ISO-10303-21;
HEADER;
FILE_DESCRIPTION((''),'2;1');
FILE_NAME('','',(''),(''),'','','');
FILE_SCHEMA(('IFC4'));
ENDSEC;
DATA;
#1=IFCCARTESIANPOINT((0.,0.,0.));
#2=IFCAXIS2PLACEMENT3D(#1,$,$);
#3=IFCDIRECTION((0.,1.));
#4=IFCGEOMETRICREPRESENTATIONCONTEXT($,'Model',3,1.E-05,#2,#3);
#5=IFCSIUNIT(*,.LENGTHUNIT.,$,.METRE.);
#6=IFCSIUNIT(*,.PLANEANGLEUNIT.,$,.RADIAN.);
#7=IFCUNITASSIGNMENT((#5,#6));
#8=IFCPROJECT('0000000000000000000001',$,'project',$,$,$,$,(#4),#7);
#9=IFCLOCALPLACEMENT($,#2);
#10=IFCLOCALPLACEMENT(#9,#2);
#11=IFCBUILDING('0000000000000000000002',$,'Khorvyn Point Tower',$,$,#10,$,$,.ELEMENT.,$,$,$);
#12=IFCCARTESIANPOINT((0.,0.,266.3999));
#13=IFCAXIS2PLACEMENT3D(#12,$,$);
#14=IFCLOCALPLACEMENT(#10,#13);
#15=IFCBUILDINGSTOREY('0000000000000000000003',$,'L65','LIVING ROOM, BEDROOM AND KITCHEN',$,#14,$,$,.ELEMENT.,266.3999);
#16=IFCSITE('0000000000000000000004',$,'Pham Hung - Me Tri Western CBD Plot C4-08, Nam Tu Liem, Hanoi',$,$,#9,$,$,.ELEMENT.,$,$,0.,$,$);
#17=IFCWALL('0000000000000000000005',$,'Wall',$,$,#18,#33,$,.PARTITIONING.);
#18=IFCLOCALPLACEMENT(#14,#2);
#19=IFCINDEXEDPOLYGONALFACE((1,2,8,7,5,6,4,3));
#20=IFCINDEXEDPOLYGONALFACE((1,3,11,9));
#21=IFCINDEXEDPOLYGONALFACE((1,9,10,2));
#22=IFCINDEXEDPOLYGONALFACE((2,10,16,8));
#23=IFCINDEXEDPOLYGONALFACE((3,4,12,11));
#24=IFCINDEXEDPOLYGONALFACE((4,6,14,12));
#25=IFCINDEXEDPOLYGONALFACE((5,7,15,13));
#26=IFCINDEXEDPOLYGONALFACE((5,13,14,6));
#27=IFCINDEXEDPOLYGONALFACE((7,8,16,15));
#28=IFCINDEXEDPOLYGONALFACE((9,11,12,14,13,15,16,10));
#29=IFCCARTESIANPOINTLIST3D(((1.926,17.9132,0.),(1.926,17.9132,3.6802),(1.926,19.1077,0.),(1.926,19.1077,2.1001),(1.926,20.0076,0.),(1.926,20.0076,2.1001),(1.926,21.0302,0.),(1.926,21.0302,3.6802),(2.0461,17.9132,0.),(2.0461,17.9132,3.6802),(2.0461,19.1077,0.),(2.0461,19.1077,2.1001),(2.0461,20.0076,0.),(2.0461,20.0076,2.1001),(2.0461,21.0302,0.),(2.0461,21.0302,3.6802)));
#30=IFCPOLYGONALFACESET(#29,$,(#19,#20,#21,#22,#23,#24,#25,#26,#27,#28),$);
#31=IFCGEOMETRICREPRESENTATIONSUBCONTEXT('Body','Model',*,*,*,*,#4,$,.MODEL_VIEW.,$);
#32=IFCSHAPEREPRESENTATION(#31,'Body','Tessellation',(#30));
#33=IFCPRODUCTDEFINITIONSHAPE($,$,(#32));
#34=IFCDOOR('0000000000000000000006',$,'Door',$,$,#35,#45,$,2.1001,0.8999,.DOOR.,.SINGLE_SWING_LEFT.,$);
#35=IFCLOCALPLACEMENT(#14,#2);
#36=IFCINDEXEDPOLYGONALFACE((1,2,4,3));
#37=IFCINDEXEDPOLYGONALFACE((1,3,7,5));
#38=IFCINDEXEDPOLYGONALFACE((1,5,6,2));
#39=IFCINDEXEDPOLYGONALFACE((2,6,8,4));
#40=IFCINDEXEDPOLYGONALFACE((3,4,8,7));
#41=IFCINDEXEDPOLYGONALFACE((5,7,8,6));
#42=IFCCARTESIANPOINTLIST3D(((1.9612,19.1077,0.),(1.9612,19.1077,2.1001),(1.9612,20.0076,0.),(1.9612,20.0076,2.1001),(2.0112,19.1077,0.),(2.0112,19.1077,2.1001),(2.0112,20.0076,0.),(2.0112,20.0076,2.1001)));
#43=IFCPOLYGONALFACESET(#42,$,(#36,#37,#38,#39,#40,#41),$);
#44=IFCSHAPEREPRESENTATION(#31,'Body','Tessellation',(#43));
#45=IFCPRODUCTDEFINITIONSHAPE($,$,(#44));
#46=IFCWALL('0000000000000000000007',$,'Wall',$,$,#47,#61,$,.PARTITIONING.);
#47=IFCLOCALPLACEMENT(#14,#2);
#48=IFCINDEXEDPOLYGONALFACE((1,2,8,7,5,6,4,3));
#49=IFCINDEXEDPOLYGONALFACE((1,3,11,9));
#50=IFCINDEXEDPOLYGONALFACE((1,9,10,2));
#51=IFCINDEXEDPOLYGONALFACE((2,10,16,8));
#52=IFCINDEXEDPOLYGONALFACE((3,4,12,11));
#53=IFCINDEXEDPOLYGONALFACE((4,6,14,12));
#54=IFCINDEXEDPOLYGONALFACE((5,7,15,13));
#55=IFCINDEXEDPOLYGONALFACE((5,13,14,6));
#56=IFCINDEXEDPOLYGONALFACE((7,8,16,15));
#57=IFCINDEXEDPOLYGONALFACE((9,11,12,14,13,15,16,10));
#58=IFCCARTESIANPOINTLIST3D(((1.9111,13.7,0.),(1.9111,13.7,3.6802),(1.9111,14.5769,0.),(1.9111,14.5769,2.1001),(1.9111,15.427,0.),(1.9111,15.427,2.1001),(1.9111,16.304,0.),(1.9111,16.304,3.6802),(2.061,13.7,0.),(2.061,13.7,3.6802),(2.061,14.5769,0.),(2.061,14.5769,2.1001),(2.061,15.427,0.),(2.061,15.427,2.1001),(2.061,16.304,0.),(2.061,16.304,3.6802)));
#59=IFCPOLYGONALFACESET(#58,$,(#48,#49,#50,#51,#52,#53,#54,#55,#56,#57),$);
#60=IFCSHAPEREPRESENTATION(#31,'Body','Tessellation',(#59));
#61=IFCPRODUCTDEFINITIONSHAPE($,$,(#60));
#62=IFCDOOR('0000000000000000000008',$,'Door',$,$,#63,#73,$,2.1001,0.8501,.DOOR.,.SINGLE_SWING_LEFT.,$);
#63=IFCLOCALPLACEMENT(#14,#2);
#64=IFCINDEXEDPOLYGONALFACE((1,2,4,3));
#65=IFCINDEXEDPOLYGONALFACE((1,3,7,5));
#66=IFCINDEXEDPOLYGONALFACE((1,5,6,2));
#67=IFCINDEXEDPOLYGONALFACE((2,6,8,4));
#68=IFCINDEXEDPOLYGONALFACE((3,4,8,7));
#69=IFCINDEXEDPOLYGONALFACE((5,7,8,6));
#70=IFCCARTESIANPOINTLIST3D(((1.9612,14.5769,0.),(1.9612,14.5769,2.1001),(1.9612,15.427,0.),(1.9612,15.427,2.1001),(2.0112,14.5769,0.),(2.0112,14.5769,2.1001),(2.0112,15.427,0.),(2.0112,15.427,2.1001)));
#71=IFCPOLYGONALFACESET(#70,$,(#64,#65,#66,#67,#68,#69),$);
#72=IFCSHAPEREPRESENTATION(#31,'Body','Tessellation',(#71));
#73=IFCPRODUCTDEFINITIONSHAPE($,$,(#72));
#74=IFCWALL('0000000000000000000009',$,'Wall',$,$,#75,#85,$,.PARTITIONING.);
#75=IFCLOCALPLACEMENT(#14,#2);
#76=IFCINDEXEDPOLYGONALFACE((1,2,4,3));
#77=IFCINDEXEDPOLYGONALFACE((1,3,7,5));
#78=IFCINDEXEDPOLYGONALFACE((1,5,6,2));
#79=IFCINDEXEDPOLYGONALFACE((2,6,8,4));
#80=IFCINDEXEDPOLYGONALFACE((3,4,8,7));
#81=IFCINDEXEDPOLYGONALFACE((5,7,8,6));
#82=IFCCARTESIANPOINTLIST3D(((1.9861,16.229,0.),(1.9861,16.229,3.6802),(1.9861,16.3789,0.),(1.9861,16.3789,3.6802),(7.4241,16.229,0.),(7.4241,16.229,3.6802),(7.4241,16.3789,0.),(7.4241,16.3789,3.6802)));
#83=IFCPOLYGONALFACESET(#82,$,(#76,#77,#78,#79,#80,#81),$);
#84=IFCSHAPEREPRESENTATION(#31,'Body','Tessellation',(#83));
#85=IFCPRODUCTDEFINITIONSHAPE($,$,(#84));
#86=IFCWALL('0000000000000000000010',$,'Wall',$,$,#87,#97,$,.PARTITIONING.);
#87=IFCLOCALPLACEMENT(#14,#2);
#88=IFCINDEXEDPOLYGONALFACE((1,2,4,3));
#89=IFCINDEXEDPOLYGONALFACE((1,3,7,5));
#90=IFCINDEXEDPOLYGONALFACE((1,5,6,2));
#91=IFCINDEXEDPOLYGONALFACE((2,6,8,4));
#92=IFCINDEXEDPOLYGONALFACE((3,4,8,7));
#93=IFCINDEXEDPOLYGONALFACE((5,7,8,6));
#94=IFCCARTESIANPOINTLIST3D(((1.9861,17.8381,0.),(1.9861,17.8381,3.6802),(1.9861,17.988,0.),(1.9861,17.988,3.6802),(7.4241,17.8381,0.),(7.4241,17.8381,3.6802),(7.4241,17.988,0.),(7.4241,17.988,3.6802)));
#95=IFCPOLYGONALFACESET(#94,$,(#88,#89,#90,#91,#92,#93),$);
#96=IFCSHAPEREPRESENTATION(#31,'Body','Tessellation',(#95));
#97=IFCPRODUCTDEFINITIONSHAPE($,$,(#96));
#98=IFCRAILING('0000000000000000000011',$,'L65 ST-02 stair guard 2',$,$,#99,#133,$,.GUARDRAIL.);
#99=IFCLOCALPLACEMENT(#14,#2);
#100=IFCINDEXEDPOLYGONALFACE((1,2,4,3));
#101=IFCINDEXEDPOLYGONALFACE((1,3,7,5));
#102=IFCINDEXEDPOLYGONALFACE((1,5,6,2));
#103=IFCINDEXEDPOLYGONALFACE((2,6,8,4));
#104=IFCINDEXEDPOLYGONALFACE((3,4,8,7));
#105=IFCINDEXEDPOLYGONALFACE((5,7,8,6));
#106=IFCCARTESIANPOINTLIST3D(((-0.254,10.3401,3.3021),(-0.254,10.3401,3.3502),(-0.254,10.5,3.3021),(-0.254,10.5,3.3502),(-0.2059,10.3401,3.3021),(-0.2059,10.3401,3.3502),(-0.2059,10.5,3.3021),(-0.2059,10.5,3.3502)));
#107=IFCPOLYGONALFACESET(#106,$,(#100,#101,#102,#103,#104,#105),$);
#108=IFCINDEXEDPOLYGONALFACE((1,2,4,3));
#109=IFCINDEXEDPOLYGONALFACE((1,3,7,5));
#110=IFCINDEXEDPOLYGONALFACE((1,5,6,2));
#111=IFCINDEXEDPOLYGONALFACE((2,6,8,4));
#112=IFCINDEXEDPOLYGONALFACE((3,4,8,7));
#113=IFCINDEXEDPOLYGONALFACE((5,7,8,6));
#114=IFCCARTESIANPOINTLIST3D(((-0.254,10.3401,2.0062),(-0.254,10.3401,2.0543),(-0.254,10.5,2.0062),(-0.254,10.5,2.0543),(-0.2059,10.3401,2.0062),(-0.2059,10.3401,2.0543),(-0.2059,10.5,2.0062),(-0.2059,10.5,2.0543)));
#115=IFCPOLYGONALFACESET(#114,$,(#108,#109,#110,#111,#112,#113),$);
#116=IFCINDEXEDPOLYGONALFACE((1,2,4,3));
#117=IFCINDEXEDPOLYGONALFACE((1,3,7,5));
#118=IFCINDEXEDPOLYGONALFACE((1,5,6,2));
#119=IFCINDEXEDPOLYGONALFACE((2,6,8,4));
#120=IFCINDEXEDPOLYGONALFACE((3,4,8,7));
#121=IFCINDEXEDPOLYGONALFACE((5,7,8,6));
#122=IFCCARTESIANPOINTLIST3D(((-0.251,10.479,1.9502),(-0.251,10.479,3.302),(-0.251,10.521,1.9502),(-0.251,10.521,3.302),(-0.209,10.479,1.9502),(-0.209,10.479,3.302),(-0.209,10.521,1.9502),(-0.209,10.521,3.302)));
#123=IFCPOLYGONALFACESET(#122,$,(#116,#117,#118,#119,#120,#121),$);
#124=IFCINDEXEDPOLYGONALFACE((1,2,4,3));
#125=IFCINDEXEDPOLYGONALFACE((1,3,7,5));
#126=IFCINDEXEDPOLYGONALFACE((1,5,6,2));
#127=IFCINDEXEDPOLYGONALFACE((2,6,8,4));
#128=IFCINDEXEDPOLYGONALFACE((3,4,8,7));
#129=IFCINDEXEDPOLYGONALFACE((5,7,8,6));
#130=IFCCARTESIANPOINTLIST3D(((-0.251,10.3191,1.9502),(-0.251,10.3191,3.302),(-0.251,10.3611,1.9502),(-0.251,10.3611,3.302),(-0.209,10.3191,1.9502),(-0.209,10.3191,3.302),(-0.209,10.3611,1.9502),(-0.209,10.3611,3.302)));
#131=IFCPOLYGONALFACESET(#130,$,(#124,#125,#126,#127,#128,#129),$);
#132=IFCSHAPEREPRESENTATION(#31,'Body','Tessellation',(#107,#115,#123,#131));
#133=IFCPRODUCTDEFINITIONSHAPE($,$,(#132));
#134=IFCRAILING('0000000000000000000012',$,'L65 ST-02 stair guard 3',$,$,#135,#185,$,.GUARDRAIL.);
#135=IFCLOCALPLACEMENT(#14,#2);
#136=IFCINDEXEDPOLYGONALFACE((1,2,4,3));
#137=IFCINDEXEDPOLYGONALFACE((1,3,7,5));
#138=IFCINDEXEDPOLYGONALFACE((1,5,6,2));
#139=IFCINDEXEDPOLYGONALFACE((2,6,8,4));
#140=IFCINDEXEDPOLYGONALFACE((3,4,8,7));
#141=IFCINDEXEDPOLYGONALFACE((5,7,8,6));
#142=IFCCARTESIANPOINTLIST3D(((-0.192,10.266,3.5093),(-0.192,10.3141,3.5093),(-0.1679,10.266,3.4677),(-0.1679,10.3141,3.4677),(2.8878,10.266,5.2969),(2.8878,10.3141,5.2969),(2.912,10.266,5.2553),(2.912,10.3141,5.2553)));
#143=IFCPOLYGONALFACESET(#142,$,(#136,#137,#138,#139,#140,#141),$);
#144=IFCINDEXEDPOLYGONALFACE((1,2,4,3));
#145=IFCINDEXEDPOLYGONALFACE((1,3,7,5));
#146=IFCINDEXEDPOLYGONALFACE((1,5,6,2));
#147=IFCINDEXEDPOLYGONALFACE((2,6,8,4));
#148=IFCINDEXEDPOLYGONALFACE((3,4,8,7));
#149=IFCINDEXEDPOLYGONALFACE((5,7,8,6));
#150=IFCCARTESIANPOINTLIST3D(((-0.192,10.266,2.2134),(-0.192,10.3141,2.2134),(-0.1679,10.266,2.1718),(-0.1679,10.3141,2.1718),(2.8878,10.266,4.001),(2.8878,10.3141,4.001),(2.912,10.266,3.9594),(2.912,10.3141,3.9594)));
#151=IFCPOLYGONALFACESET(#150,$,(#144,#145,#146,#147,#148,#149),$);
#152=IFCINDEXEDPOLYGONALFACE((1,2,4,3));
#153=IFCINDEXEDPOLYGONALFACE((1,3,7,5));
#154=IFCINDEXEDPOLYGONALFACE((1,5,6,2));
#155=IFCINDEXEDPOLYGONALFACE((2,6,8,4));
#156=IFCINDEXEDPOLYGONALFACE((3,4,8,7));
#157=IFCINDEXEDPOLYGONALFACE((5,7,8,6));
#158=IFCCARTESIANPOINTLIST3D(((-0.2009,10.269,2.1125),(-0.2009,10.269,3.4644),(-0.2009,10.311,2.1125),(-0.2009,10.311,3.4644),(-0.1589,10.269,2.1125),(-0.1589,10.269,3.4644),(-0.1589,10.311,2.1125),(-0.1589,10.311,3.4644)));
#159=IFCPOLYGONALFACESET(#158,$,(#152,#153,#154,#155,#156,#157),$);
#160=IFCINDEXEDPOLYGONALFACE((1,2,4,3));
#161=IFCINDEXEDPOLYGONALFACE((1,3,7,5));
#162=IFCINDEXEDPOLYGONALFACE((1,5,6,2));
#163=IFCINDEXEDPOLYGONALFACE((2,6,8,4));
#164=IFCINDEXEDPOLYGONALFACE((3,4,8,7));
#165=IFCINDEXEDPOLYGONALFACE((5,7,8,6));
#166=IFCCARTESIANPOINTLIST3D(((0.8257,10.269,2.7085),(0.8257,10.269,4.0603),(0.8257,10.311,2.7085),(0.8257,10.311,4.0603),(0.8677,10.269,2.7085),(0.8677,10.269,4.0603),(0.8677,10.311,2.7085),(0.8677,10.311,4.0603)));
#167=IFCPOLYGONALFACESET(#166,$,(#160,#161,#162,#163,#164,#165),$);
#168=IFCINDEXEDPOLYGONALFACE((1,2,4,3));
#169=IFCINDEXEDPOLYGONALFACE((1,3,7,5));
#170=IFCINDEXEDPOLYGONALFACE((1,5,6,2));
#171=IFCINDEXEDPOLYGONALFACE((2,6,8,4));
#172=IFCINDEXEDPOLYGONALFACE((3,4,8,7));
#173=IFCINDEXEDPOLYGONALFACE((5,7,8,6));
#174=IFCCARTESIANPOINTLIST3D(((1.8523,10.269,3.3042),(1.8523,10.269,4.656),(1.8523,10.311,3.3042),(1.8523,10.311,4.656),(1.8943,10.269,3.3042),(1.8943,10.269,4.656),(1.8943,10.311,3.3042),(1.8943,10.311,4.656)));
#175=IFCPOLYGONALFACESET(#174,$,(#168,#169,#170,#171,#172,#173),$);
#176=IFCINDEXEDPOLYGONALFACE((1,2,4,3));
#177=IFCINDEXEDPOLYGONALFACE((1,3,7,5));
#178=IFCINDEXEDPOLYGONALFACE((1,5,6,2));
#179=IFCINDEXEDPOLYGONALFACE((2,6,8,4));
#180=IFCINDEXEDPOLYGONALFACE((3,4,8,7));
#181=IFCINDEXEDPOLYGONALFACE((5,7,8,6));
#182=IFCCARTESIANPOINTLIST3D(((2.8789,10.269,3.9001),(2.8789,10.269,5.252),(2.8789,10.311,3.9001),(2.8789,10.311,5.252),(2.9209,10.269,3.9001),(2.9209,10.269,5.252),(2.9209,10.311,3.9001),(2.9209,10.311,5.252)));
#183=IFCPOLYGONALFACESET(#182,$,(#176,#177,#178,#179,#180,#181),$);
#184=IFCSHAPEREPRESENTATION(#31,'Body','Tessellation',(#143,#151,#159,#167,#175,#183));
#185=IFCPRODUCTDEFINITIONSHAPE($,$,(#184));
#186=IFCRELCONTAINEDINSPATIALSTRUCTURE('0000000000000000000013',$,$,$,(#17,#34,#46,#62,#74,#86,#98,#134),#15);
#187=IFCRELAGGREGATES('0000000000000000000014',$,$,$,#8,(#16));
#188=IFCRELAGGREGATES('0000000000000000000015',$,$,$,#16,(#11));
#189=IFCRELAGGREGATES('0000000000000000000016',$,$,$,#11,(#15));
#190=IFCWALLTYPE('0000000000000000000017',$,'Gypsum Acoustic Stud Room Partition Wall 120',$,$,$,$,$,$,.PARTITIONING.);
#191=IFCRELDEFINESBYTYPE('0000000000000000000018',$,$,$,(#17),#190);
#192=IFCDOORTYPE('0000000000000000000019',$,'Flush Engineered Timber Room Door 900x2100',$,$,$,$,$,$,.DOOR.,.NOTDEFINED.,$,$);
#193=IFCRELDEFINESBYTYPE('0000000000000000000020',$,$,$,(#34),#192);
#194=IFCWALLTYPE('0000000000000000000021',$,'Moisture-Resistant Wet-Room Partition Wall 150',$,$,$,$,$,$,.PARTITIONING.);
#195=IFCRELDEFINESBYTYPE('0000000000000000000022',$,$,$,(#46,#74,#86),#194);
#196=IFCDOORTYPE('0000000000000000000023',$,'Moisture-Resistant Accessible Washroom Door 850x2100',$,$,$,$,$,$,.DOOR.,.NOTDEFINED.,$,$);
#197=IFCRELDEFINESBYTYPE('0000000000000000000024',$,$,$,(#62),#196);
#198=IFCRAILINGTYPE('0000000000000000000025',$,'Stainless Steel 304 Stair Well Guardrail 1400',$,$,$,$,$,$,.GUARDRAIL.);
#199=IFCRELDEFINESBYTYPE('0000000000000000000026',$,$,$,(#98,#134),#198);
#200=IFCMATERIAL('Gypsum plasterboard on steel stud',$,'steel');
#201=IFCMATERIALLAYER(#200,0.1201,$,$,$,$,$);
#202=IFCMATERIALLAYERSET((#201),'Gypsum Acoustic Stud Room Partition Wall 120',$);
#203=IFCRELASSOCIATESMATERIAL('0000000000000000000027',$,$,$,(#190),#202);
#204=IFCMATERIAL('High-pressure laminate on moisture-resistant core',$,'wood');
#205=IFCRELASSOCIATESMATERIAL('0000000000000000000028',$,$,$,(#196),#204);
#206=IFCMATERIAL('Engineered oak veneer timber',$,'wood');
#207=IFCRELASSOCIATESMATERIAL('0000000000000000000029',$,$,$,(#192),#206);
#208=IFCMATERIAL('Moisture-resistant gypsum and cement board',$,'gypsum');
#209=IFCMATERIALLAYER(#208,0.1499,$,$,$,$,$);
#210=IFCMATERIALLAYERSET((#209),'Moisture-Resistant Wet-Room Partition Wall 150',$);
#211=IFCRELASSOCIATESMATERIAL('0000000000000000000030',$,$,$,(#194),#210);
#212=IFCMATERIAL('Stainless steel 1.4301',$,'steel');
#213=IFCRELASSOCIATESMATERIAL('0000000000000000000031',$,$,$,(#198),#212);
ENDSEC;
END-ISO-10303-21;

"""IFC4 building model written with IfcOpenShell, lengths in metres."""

from ifc_helpers import new_model, si_unit, direction, frame, frame_2d, origin, origin_2d, place, context, subcontext, project, spatial, rectangle, extrude, material, layer, layer_set, type_object, element, fill, save


model = new_model("IFC4")

# Units and contexts
model_context = context("Model", 3, precision=1e-05, world=origin(), true_north=direction((0.0, 1.0)))
body_context = subcontext(model_context, "Body", "Model", "MODEL_VIEW")
ifc_project = project(units=[si_unit("LENGTHUNIT", "METRE"), si_unit("PLANEANGLEUNIT", "RADIAN")], contexts=[model_context])

# Site, building, storey
site_placement = place(None, origin())
site = spatial("IfcSite", under=ifc_project, at=site_placement, Name="Pham Hung - Me Tri Western CBD Plot C4-08, Nam Tu Liem, Hanoi", CompositionType="ELEMENT", RefElevation=0.0)
building_placement = place(site_placement, origin())
building = spatial("IfcBuilding", under=site, at=building_placement, Name="Khorvyn Point Tower", CompositionType="ELEMENT")
storey_placement = place(building_placement, frame((0.0, 0.0, 266.3999)))
storey = spatial("IfcBuildingStorey", under=building, at=storey_placement, Name="L65", Description="LIVING ROOM, BEDROOM AND KITCHEN", CompositionType="ELEMENT", Elevation=266.3999)

# Walls, openings, doors
ifc_material_1 = material(Name="Gypsum plasterboard on steel stud", Category="steel")
ifc_layer_1 = layer(ifc_material_1, 0.1201)
ifc_layer_set_1 = layer_set([ifc_layer_1], Name="Gypsum Acoustic Stud Room Partition Wall 120")
wall_type_1 = type_object("IfcWallType", Name="Gypsum Acoustic Stud Room Partition Wall 120", PredefinedType="PARTITIONING", material=ifc_layer_set_1)
ifc_material_2 = material(Name="High-pressure laminate on moisture-resistant core", Category="wood")
door_type_1 = type_object("IfcDoorType", Name="Moisture-Resistant Accessible Washroom Door 850x2100", OperationType="NOTDEFINED", PredefinedType="DOOR", material=ifc_material_2)
wall_1_placement = place(storey_placement, frame((1.9861, 17.9131, 0.0), z_axis=(0.0, 0.0, 1.0), x_axis=(0.0, 1.0, 0.0)))
wall_1 = element("IfcWall", 1, at=wall_1_placement, inside=storey, type_object=wall_type_1, Name="Wall", PredefinedType="PARTITIONING", context=body_context, shape_type="SweptSolid", body=[
    extrude(rectangle(XDim=3.1169, YDim=0.1201, at=frame_2d((1.5586, 0.0))), origin(), (0.0, 0.0, 1.0), 3.6802),
])
opening_1_placement = place(wall_1_placement, frame((1.1946, 0.0, 0.0)))
opening_1 = element("IfcOpeningElement", 2, at=opening_1_placement, cuts=wall_1, PredefinedType="OPENING", context=body_context, shape_type="SweptSolid", body=[
    extrude(rectangle(XDim=0.8999, YDim=2.1001, at=frame_2d((0.45, 1.05))), frame((0.0, 0.0701, 0.0), z_axis=(0.0, -1.0, 0.0), x_axis=(1.0, 0.0, 0.0)), (0.0, 0.0, 1.0), 0.1401),
])
ifc_material_3 = material(Name="Engineered oak veneer timber", Category="wood")
door_type_2 = type_object("IfcDoorType", Name="Flush Engineered Timber Room Door 900x2100", OperationType="NOTDEFINED", PredefinedType="DOOR", material=ifc_material_3)
door_1_placement = place(opening_1_placement, origin())
door_1 = element("IfcDoor", 3, at=door_1_placement, inside=storey, type_object=door_type_2, Name="Door", OperationType="SINGLE_SWING_LEFT", OverallHeight=2.1001, OverallWidth=0.8999, PredefinedType="DOOR", context=body_context, shape_type="SweptSolid", body=[
    extrude(rectangle(XDim=0.8999, YDim=2.1001, at=frame_2d((0.45, 1.05))), frame((0.0, 0.0249, 0.0), z_axis=(0.0, -1.0, 0.0), x_axis=(1.0, 0.0, 0.0)), (0.0, 0.0, 1.0), 0.05),
])
fill(opening_1, door_1)
ifc_material_4 = material(Name="Moisture-resistant gypsum and cement board", Category="gypsum")
ifc_layer_2 = layer(ifc_material_4, 0.1499)
ifc_layer_set_2 = layer_set([ifc_layer_2], Name="Moisture-Resistant Wet-Room Partition Wall 150")
wall_type_2 = type_object("IfcWallType", Name="Moisture-Resistant Wet-Room Partition Wall 150", PredefinedType="PARTITIONING", material=ifc_layer_set_2)
wall_2_placement = place(storey_placement, frame((1.9861, 13.7, 0.0), z_axis=(0.0, 0.0, 1.0), x_axis=(0.0, 1.0, 0.0)))
wall_2 = element("IfcWall", 4, at=wall_2_placement, inside=storey, type_object=wall_type_2, Name="Wall", PredefinedType="PARTITIONING", context=body_context, shape_type="SweptSolid", body=[
    extrude(rectangle(XDim=2.604, YDim=0.1499, at=frame_2d((1.302, 0.0))), origin(), (0.0, 0.0, 1.0), 3.6802),
])
opening_2_placement = place(wall_2_placement, frame((0.877, 0.0, 0.0)))
opening_2 = element("IfcOpeningElement", 5, at=opening_2_placement, cuts=wall_2, PredefinedType="OPENING", context=body_context, shape_type="SweptSolid", body=[
    extrude(rectangle(XDim=0.8501, YDim=2.1001, at=frame_2d((0.425, 1.05))), frame((0.0, 0.085, 0.0), z_axis=(0.0, -1.0, 0.0), x_axis=(1.0, 0.0, 0.0)), (0.0, 0.0, 1.0), 0.1699),
])
door_2_placement = place(opening_2_placement, origin())
door_2 = element("IfcDoor", 6, at=door_2_placement, inside=storey, type_object=door_type_1, Name="Door", OperationType="SINGLE_SWING_LEFT", OverallHeight=2.1001, OverallWidth=0.8501, PredefinedType="DOOR", context=body_context, shape_type="SweptSolid", body=[
    extrude(rectangle(XDim=0.8501, YDim=2.1001, at=frame_2d((0.425, 1.05))), frame((0.0, 0.0249, 0.0), z_axis=(0.0, -1.0, 0.0), x_axis=(1.0, 0.0, 0.0)), (0.0, 0.0, 1.0), 0.05),
])
fill(opening_2, door_2)

# Walls
for number, where, z_axis, x_axis, name in (
    (7, (1.9861, 16.304, 0.0), (0.0, 0.0, 1.0), (1.0, 0.0, 0.0), "Wall"),
    (8, (1.9861, 17.9131, 0.0), (0.0, 0.0, 1.0), (1.0, 0.0, 0.0), "Wall"),
):
    element("IfcWall", number, at=place(storey_placement, frame(where, z_axis=z_axis, x_axis=x_axis)), inside=storey, type_object=wall_type_2, Name=name, PredefinedType="PARTITIONING", context=body_context, shape_type="SweptSolid", body=[
        extrude(rectangle(XDim=5.438, YDim=0.1499, at=frame_2d((2.719, 0.0))), origin(), (0.0, 0.0, 1.0), 3.6802),
    ])

# Railings
ifc_material_5 = material(Name="Stainless steel 1.4301", Category="steel")
railing_type = type_object("IfcRailingType", Name="Stainless Steel 304 Stair Well Guardrail 1400", PredefinedType="GUARDRAIL", material=ifc_material_5)
railing_1_placement = place(storey_placement, frame((-0.23, 10.5, 1.9502)))
element("IfcRailing", 9, at=railing_1_placement, inside=storey, type_object=railing_type, Name="L65 ST-02 stair guard 2", PredefinedType="GUARDRAIL", context=body_context, shape_type="SweptSolid", body=[
    extrude(rectangle(XDim=0.0481, YDim=0.0481, at=origin_2d()), frame((0.0, 0.0, 1.376), z_axis=(0.0, -1.0, 0.0), x_axis=(1.0, 0.0, 0.0)), (0.0, 0.0, 1.0), 0.1599),
    extrude(rectangle(XDim=0.0481, YDim=0.0481, at=origin_2d()), frame((0.0, 0.0, 0.0801), z_axis=(0.0, -1.0, 0.0), x_axis=(1.0, 0.0, 0.0)), (0.0, 0.0, 1.0), 0.1599),
    extrude(rectangle(XDim=0.042, YDim=0.042, at=origin_2d()), origin(), (0.0, 0.0, 1.0), 1.3518),
    extrude(rectangle(XDim=0.042, YDim=0.042, at=origin_2d()), frame((0.0, -0.1599, 0.0)), (0.0, 0.0, 1.0), 1.3518),
])
railing_2_placement = place(storey_placement, frame((-0.1799, 10.29, 2.1125)))
element("IfcRailing", 10, at=railing_2_placement, inside=storey, type_object=railing_type, Name="L65 ST-02 stair guard 3", PredefinedType="GUARDRAIL", context=body_context, shape_type="SweptSolid", body=[
    extrude(rectangle(XDim=0.0481, YDim=0.0481, at=origin_2d()), frame((0.0, 0.0, 1.376), z_axis=(0.864873, 0.0, 0.50199), x_axis=(0.0, 1.0, 0.0)), (0.0, 0.0, 1.0), 3.561),
    extrude(rectangle(XDim=0.0481, YDim=0.0481, at=origin_2d()), frame((0.0, 0.0, 0.0801), z_axis=(0.864873, 0.0, 0.50199), x_axis=(0.0, 1.0, 0.0)), (0.0, 0.0, 1.0), 3.561),
    extrude(rectangle(XDim=0.042, YDim=0.042, at=origin_2d()), origin(), (0.0, 0.0, 1.0), 1.3518),
    extrude(rectangle(XDim=0.042, YDim=0.042, at=origin_2d()), frame((1.0266, 0.0, 0.5959)), (0.0, 0.0, 1.0), 1.3518),
    extrude(rectangle(XDim=0.042, YDim=0.042, at=origin_2d()), frame((2.0532, 0.0, 1.1917)), (0.0, 0.0, 1.0), 1.3518),
    extrude(rectangle(XDim=0.042, YDim=0.042, at=origin_2d()), frame((3.0798, 0.0, 1.7876)), (0.0, 0.0, 1.0), 1.3518),
])

save(model, "model.ifc")
